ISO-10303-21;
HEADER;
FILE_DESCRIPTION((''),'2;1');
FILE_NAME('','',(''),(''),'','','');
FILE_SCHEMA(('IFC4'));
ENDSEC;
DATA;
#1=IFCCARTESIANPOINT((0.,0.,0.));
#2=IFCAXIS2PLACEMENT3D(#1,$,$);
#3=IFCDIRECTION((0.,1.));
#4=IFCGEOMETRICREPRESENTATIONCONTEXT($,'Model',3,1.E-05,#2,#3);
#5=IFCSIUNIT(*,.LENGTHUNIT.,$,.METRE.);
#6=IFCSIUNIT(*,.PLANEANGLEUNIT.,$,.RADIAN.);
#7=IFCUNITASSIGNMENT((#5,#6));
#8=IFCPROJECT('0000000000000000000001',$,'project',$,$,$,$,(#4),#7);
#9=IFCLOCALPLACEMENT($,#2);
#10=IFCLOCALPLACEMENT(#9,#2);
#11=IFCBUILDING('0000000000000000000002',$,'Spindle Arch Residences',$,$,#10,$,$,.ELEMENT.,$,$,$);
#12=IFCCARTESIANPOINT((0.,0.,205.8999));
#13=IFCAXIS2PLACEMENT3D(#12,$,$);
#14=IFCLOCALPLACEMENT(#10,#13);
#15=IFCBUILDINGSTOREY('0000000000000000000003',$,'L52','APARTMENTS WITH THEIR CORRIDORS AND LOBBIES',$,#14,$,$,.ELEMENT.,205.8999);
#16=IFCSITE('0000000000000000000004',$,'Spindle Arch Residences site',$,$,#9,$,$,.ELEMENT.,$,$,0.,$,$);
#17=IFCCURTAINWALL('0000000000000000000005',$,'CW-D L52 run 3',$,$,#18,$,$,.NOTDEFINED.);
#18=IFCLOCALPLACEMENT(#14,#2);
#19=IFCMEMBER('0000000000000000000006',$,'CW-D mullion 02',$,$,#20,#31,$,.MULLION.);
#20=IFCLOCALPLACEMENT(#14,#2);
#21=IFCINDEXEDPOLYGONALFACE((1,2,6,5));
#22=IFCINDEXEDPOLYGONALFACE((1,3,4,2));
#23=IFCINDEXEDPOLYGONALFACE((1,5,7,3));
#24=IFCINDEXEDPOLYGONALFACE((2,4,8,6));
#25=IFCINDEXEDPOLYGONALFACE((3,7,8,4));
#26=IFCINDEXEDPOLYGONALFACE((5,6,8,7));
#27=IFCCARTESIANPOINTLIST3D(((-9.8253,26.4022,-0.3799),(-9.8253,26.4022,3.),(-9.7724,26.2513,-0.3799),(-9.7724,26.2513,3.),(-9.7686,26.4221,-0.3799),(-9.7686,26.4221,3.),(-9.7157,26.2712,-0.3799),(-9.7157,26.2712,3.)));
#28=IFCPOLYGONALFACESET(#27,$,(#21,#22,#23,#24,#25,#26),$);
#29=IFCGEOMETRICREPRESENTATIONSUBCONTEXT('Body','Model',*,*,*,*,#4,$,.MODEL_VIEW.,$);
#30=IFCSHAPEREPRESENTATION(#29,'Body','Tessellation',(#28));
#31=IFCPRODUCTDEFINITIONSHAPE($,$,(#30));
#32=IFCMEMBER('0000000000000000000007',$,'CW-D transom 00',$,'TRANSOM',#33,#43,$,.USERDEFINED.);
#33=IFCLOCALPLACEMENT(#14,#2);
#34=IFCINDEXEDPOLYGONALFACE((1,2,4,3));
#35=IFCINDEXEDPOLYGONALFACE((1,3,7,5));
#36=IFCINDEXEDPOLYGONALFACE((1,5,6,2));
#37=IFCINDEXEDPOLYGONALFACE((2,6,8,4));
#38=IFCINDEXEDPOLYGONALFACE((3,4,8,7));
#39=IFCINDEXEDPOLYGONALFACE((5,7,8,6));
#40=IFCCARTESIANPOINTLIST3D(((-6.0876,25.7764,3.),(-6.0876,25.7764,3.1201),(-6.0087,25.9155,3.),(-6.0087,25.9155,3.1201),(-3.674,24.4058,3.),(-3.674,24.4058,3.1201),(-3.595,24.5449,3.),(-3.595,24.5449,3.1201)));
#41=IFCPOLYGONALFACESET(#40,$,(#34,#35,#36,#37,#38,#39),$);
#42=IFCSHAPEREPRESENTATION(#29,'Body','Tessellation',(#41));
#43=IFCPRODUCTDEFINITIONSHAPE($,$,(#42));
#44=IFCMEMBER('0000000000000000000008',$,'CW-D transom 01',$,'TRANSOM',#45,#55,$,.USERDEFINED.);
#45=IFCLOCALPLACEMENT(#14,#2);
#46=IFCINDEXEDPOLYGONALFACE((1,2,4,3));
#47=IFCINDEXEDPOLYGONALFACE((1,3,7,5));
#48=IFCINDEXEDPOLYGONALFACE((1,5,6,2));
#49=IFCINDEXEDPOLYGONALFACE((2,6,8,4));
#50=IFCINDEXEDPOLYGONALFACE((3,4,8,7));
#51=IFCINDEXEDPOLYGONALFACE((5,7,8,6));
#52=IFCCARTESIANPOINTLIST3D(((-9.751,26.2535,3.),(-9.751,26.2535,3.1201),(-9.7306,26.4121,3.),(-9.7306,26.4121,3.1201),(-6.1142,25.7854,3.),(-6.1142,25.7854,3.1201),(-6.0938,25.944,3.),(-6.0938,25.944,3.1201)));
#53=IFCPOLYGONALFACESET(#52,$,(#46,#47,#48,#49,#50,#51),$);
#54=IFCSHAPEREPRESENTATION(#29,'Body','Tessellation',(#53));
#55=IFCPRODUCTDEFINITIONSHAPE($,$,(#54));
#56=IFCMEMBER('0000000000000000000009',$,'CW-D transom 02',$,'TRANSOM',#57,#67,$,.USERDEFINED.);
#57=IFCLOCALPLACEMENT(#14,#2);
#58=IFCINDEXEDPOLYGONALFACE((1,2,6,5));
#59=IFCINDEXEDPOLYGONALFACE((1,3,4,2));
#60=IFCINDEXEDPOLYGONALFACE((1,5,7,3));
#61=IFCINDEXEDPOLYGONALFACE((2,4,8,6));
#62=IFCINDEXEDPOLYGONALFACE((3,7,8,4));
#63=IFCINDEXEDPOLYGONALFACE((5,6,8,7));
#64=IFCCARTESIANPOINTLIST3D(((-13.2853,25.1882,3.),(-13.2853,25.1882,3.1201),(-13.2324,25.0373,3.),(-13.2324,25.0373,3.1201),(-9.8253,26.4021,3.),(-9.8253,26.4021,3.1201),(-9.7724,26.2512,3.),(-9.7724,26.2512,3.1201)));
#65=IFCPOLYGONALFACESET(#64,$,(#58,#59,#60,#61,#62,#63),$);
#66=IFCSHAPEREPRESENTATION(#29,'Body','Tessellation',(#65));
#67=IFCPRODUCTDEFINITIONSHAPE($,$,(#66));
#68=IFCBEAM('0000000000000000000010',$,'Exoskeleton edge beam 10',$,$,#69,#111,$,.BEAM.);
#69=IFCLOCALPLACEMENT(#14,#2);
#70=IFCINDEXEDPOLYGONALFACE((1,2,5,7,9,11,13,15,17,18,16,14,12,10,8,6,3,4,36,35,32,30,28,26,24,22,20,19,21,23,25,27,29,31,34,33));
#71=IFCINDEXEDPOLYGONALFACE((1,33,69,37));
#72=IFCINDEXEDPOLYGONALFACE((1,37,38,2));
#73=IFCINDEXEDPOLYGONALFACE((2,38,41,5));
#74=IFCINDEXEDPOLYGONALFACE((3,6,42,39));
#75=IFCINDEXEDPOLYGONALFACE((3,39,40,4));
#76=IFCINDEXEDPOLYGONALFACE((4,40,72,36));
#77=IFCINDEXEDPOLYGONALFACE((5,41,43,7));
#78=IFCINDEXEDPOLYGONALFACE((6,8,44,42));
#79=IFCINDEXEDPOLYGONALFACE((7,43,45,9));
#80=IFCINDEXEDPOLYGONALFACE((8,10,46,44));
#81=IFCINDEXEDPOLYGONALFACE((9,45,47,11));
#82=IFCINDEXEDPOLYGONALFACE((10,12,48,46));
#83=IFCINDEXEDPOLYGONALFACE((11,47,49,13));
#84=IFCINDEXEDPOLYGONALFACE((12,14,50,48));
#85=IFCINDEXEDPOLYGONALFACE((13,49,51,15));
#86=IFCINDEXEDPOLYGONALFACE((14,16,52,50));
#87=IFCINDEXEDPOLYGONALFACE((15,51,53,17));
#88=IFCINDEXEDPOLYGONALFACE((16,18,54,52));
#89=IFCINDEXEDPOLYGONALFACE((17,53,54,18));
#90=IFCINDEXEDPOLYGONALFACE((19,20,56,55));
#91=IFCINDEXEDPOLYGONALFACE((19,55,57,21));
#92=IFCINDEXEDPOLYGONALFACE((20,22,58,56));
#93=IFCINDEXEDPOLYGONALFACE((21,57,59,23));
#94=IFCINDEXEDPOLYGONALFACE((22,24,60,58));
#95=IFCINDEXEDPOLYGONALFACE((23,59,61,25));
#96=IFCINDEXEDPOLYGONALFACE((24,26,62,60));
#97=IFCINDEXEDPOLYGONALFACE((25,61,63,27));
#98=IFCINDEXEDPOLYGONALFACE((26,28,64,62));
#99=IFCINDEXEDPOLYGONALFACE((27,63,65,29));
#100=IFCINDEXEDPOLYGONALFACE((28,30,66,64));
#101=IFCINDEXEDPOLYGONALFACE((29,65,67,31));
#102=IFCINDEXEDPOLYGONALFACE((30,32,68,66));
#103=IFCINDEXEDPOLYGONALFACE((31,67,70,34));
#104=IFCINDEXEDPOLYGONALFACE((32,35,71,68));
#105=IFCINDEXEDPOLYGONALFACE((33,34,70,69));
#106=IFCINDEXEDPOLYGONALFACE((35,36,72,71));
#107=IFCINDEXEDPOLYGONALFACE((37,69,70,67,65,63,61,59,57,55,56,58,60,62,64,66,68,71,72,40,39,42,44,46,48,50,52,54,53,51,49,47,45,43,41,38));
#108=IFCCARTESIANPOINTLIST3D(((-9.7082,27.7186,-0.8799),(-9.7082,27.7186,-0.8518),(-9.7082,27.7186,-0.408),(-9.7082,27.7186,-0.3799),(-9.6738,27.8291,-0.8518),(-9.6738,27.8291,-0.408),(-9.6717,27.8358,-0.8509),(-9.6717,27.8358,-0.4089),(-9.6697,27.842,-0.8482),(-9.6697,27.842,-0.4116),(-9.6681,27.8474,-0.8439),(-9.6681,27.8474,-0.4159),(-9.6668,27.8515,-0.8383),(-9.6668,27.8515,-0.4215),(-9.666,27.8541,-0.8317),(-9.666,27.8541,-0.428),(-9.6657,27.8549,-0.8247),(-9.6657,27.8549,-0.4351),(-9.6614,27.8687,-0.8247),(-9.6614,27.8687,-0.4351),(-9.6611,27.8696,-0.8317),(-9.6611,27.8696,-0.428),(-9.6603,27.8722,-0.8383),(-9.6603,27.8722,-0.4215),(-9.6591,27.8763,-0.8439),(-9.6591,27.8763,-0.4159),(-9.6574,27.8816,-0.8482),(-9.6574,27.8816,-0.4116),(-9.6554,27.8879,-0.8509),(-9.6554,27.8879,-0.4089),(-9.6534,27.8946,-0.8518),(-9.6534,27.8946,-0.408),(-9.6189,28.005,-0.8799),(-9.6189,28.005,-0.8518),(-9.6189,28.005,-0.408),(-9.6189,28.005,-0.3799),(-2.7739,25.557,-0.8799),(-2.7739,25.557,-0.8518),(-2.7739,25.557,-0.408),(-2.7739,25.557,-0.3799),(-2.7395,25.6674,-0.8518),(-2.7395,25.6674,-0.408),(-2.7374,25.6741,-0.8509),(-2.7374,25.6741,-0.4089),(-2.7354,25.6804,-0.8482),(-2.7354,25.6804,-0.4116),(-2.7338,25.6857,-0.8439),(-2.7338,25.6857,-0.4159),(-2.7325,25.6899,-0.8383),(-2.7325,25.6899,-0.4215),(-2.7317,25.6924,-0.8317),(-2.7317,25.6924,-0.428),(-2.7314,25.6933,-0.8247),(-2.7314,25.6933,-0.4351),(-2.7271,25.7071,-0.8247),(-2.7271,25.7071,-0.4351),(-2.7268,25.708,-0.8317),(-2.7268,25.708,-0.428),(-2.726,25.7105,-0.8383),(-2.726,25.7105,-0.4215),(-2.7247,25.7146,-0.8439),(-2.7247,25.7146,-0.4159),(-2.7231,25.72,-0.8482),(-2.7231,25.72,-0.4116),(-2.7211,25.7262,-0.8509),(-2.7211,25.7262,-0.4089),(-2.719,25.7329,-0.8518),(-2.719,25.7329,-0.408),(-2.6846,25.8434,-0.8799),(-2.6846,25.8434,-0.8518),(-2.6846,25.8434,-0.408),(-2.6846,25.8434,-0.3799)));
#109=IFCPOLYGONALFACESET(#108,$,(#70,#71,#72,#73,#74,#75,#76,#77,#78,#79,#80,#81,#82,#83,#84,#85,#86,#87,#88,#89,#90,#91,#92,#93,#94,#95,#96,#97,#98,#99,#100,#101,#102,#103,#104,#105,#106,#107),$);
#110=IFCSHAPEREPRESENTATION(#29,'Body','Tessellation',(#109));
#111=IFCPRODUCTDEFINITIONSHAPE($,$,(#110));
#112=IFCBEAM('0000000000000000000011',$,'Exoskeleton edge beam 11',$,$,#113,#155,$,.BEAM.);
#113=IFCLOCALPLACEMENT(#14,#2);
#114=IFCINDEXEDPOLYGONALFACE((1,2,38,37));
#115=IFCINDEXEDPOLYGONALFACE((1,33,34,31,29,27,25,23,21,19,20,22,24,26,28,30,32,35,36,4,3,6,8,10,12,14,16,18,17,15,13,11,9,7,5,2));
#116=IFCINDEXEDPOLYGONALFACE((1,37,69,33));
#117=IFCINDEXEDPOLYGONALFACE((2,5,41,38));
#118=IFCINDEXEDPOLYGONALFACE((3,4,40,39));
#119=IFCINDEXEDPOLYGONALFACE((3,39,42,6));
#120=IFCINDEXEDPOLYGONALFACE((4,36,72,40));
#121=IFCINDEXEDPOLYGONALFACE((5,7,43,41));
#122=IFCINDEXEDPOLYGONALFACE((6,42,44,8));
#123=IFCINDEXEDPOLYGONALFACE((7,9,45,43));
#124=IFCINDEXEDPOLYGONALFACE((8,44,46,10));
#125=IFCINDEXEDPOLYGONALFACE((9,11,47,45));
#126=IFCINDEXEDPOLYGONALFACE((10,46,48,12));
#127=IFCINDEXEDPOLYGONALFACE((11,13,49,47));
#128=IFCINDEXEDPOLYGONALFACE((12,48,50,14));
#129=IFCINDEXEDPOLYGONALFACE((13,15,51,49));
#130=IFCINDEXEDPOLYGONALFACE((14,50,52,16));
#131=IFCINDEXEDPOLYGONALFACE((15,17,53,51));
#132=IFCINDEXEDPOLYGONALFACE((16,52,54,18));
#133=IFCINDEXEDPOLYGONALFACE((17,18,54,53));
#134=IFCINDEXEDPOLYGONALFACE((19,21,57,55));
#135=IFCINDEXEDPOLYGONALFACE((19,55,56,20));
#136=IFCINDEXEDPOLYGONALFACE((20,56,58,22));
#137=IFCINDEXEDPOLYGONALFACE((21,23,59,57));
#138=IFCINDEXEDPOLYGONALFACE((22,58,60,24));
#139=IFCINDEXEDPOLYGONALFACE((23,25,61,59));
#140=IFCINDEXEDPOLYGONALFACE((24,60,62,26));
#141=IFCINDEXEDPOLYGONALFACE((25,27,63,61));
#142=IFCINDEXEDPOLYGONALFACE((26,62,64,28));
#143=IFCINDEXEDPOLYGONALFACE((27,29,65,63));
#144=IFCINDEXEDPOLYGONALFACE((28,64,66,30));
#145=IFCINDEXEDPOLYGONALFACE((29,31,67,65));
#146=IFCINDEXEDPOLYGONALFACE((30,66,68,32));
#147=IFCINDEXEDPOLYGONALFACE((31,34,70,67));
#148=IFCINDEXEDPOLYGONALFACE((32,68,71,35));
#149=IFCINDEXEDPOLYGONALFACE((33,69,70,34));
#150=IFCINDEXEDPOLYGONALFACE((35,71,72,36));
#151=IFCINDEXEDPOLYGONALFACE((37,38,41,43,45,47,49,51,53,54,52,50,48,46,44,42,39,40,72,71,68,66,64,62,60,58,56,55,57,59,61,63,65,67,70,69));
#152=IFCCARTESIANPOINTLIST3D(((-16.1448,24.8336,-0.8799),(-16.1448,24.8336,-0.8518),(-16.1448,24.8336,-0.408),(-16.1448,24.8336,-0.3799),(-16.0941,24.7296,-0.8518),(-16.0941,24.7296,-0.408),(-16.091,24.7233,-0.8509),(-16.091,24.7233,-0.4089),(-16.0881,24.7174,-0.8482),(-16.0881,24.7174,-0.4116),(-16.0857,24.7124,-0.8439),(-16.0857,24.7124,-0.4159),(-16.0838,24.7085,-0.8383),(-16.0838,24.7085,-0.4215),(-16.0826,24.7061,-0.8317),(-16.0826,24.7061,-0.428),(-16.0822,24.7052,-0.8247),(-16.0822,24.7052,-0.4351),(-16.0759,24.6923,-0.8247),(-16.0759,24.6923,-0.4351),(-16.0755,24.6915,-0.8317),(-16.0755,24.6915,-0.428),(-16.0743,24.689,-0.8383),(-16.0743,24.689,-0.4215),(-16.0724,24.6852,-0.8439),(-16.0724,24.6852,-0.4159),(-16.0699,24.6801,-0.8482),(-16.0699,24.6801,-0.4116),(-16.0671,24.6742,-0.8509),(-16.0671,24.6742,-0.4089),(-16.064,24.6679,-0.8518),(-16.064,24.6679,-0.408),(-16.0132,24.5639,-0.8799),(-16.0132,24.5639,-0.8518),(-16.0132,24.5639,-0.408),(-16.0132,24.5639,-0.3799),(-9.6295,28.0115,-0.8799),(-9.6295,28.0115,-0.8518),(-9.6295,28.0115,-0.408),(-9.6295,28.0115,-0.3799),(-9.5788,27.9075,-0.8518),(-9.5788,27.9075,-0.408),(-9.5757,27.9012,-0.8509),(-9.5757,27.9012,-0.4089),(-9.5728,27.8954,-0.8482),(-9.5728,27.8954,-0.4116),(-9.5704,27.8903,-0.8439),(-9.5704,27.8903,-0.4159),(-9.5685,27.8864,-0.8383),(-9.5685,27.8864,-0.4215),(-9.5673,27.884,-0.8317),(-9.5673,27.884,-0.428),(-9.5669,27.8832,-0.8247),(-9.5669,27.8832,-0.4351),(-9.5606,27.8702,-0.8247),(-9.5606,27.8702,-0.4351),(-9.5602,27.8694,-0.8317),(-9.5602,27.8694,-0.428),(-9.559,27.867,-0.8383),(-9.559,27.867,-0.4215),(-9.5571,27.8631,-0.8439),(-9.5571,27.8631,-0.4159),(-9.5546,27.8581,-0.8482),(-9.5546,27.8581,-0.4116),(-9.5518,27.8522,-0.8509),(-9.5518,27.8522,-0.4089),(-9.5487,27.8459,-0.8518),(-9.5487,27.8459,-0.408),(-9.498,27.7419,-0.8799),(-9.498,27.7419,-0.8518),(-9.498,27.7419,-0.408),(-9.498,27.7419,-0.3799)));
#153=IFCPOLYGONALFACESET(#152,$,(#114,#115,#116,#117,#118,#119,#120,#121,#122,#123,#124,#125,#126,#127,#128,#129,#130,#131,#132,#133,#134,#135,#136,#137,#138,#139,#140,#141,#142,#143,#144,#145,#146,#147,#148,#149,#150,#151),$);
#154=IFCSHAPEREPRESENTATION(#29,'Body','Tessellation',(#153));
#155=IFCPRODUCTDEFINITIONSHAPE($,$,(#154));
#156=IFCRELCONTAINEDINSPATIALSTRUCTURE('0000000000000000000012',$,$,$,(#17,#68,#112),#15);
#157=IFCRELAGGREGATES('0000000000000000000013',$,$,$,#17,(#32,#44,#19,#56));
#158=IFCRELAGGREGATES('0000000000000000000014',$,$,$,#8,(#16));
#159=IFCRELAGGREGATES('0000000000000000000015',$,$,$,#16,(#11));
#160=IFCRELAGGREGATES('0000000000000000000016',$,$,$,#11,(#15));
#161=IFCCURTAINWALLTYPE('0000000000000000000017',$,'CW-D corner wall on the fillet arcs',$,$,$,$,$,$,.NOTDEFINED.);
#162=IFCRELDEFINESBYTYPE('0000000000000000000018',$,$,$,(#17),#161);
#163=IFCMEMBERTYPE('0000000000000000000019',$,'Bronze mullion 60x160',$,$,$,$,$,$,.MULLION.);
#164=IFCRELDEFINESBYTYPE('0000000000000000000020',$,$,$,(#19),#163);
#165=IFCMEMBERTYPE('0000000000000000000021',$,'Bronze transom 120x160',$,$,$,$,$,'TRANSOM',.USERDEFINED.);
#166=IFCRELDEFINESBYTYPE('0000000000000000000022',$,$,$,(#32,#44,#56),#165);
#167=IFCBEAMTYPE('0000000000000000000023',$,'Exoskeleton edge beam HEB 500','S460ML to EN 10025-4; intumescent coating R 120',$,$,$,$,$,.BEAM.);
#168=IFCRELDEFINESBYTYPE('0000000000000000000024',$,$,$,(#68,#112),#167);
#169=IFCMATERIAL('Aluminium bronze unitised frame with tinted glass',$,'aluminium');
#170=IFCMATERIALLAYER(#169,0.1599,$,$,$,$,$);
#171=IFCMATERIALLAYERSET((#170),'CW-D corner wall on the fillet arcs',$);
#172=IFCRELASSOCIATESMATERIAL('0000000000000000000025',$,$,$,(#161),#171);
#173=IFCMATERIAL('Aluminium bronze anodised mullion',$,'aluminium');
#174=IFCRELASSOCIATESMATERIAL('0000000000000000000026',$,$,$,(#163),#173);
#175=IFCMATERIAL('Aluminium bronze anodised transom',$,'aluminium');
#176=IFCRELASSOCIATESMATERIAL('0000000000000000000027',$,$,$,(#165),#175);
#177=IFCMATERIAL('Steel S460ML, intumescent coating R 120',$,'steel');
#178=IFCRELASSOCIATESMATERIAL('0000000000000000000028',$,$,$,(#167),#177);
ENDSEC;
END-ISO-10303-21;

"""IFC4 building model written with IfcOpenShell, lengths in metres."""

from ifc_helpers import new_model, si_unit, direction, frame, origin, origin_2d, place, context, subcontext, project, spatial, rectangle, i_section, extrude, material, layer, layer_set, material_profile, profile_set, type_object, element, aggregate, save


model = new_model("IFC4")

# Units and contexts
model_context = context("Model", 3, precision=1e-05, world=origin(), true_north=direction((0.0, 1.0)))
body_context = subcontext(model_context, "Body", "Model", "MODEL_VIEW")
ifc_project = project(units=[si_unit("LENGTHUNIT", "METRE"), si_unit("PLANEANGLEUNIT", "RADIAN")], contexts=[model_context])

# Site, building, storey
site_placement = place(None, origin())
site = spatial("IfcSite", under=ifc_project, at=site_placement, Name="Spindle Arch Residences site", CompositionType="ELEMENT", RefElevation=0.0)
building_placement = place(site_placement, origin())
building = spatial("IfcBuilding", under=site, at=building_placement, Name="Spindle Arch Residences", CompositionType="ELEMENT")
storey_placement = place(building_placement, frame((0.0, 0.0, 205.8999)))
storey = spatial("IfcBuildingStorey", under=building, at=storey_placement, Name="L52", Description="APARTMENTS WITH THEIR CORRIDORS AND LOBBIES", CompositionType="ELEMENT", Elevation=205.8999)

# Curtain wall, members
ifc_material_1 = material(Name="Aluminium bronze unitised frame with tinted glass", Category="aluminium")
ifc_layer_1 = layer(ifc_material_1, 0.1599)
ifc_layer_set_1 = layer_set([ifc_layer_1], Name="CW-D corner wall on the fillet arcs")
curtain_wall_type = type_object("IfcCurtainWallType", Name="CW-D corner wall on the fillet arcs", PredefinedType="NOTDEFINED", material=ifc_layer_set_1)
curtain_wall_placement = place(storey_placement, origin())
curtain_wall = element("IfcCurtainWall", 1, at=curtain_wall_placement, inside=storey, type_object=curtain_wall_type, Name="CW-D L52 run 3", PredefinedType="NOTDEFINED")
ifc_material_2 = material(Name="Aluminium bronze anodised mullion", Category="aluminium")
ifc_material_profile_1 = material_profile(ifc_material_2, rectangle(XDim=0.1599, YDim=0.0601, at=origin_2d()), Name="MU 60x160")
ifc_profile_set_1 = profile_set([ifc_material_profile_1], Name="Aluminium bronze anodised mullion")
member_type_1 = type_object("IfcMemberType", Name="Bronze mullion 60x160", PredefinedType="MULLION", material=ifc_profile_set_1)
member_1_placement = place(storey_placement, frame((-9.7705, 26.3367, -0.3799), z_axis=(0.0, 0.0, 1.0), x_axis=(0.331063, -0.943609, 0.0)))
member_1 = element("IfcMember", 2, at=member_1_placement, type_object=member_type_1, Name="CW-D mullion 02", PredefinedType="MULLION", context=body_context, shape_type="SweptSolid", body=[
    extrude(rectangle(XDim=0.1599, YDim=0.0601, at=origin_2d()), origin(), (0.0, 0.0, 1.0), 3.3799),
])
ifc_material_3 = material(Name="Aluminium bronze anodised transom", Category="aluminium")
ifc_material_profile_2 = material_profile(ifc_material_3, rectangle(XDim=0.1599, YDim=0.1201, at=origin_2d()), Name="TR 120x160")
ifc_profile_set_2 = profile_set([ifc_material_profile_2], Name="Aluminium bronze anodised transom")
member_type_2 = type_object("IfcMemberType", Name="Bronze transom 120x160", ElementType="TRANSOM", PredefinedType="USERDEFINED", material=ifc_profile_set_2)
member_2_placement = place(storey_placement, frame((-3.6345, 24.4753, 3.0601), z_axis=(-0.869572, 0.493807, 0.0), x_axis=(-0.493807, -0.869572, 0.0)))
member_2 = element("IfcMember", 3, at=member_2_placement, type_object=member_type_2, Name="CW-D transom 00", ObjectType="TRANSOM", PredefinedType="USERDEFINED", context=body_context, shape_type="SweptSolid", body=[
    extrude(rectangle(XDim=0.1599, YDim=0.1201, at=origin_2d()), origin(), (0.0, 0.0, 1.0), 2.7756),
])
member_3_placement = place(storey_placement, frame((-6.104, 25.8647, 3.0601), z_axis=(-0.991821, 0.12764, 0.0), x_axis=(-0.12764, -0.991821, 0.0)))
member_3 = element("IfcMember", 4, at=member_3_placement, type_object=member_type_2, Name="CW-D transom 01", ObjectType="TRANSOM", PredefinedType="USERDEFINED", context=body_context, shape_type="SweptSolid", body=[
    extrude(rectangle(XDim=0.1599, YDim=0.1201, at=origin_2d()), origin(), (0.0, 0.0, 1.0), 3.6667),
])
member_4_placement = place(storey_placement, frame((-9.7988, 26.3267, 3.0601), z_axis=(-0.943613, -0.33105, 0.0), x_axis=(0.33105, -0.943613, 0.0)))
member_4 = element("IfcMember", 5, at=member_4_placement, type_object=member_type_2, Name="CW-D transom 02", ObjectType="TRANSOM", PredefinedType="USERDEFINED", context=body_context, shape_type="SweptSolid", body=[
    extrude(rectangle(XDim=0.1599, YDim=0.1201, at=origin_2d()), origin(), (0.0, 0.0, 1.0), 3.6667),
])

# Beams
ifc_material_4 = material(Name="Steel S460ML, intumescent coating R 120", Category="steel")
ifc_material_profile_3 = material_profile(ifc_material_4, i_section(OverallWidth=0.3, OverallDepth=0.5, WebThickness=0.0144, FlangeThickness=0.0281, FilletRadius=0.0271, at=origin_2d()), Name="HEB 500")
ifc_profile_set_3 = profile_set([ifc_material_profile_3], Name="Steel S460ML, intumescent coating R 120")
beam_type_1 = type_object("IfcBeamType", Name="Exoskeleton edge beam HEB 500", Description="S460ML to EN 10025-4; intumescent coating R 120", PredefinedType="BEAM", material=ifc_profile_set_3)
beam_1_placement = place(storey_placement, frame((-2.7292, 25.7002, -0.6299), z_axis=(-0.95469, 0.297603, 0.0), x_axis=(-0.297603, -0.95469, 0.0)))
element("IfcBeam", 6, at=beam_1_placement, inside=storey, type_object=beam_type_1, Name="Exoskeleton edge beam 10", PredefinedType="BEAM", context=body_context, shape_type="SweptSolid", body=[
    extrude(i_section(OverallWidth=0.3, OverallDepth=0.5, WebThickness=0.0144, FlangeThickness=0.0281, FilletRadius=0.0271, at=origin_2d()), origin(), (0.0, 0.0, 1.0), 7.2634),
])
beam_2_placement = place(storey_placement, frame((-9.5637, 27.8767, -0.6299), z_axis=(-0.898782, -0.438395, 0.0), x_axis=(0.438395, -0.898782, 0.0)))
element("IfcBeam", 7, at=beam_2_placement, inside=storey, type_object=beam_type_1, Name="Exoskeleton edge beam 11", PredefinedType="BEAM", context=body_context, shape_type="SweptSolid", body=[
    extrude(i_section(OverallWidth=0.3, OverallDepth=0.5, WebThickness=0.0144, FlangeThickness=0.0281, FilletRadius=0.0271, at=origin_2d()), origin(), (0.0, 0.0, 1.0), 7.249),
])

aggregate(curtain_wall, [member_2, member_3, member_1, member_4])

save(model, "model.ifc")
